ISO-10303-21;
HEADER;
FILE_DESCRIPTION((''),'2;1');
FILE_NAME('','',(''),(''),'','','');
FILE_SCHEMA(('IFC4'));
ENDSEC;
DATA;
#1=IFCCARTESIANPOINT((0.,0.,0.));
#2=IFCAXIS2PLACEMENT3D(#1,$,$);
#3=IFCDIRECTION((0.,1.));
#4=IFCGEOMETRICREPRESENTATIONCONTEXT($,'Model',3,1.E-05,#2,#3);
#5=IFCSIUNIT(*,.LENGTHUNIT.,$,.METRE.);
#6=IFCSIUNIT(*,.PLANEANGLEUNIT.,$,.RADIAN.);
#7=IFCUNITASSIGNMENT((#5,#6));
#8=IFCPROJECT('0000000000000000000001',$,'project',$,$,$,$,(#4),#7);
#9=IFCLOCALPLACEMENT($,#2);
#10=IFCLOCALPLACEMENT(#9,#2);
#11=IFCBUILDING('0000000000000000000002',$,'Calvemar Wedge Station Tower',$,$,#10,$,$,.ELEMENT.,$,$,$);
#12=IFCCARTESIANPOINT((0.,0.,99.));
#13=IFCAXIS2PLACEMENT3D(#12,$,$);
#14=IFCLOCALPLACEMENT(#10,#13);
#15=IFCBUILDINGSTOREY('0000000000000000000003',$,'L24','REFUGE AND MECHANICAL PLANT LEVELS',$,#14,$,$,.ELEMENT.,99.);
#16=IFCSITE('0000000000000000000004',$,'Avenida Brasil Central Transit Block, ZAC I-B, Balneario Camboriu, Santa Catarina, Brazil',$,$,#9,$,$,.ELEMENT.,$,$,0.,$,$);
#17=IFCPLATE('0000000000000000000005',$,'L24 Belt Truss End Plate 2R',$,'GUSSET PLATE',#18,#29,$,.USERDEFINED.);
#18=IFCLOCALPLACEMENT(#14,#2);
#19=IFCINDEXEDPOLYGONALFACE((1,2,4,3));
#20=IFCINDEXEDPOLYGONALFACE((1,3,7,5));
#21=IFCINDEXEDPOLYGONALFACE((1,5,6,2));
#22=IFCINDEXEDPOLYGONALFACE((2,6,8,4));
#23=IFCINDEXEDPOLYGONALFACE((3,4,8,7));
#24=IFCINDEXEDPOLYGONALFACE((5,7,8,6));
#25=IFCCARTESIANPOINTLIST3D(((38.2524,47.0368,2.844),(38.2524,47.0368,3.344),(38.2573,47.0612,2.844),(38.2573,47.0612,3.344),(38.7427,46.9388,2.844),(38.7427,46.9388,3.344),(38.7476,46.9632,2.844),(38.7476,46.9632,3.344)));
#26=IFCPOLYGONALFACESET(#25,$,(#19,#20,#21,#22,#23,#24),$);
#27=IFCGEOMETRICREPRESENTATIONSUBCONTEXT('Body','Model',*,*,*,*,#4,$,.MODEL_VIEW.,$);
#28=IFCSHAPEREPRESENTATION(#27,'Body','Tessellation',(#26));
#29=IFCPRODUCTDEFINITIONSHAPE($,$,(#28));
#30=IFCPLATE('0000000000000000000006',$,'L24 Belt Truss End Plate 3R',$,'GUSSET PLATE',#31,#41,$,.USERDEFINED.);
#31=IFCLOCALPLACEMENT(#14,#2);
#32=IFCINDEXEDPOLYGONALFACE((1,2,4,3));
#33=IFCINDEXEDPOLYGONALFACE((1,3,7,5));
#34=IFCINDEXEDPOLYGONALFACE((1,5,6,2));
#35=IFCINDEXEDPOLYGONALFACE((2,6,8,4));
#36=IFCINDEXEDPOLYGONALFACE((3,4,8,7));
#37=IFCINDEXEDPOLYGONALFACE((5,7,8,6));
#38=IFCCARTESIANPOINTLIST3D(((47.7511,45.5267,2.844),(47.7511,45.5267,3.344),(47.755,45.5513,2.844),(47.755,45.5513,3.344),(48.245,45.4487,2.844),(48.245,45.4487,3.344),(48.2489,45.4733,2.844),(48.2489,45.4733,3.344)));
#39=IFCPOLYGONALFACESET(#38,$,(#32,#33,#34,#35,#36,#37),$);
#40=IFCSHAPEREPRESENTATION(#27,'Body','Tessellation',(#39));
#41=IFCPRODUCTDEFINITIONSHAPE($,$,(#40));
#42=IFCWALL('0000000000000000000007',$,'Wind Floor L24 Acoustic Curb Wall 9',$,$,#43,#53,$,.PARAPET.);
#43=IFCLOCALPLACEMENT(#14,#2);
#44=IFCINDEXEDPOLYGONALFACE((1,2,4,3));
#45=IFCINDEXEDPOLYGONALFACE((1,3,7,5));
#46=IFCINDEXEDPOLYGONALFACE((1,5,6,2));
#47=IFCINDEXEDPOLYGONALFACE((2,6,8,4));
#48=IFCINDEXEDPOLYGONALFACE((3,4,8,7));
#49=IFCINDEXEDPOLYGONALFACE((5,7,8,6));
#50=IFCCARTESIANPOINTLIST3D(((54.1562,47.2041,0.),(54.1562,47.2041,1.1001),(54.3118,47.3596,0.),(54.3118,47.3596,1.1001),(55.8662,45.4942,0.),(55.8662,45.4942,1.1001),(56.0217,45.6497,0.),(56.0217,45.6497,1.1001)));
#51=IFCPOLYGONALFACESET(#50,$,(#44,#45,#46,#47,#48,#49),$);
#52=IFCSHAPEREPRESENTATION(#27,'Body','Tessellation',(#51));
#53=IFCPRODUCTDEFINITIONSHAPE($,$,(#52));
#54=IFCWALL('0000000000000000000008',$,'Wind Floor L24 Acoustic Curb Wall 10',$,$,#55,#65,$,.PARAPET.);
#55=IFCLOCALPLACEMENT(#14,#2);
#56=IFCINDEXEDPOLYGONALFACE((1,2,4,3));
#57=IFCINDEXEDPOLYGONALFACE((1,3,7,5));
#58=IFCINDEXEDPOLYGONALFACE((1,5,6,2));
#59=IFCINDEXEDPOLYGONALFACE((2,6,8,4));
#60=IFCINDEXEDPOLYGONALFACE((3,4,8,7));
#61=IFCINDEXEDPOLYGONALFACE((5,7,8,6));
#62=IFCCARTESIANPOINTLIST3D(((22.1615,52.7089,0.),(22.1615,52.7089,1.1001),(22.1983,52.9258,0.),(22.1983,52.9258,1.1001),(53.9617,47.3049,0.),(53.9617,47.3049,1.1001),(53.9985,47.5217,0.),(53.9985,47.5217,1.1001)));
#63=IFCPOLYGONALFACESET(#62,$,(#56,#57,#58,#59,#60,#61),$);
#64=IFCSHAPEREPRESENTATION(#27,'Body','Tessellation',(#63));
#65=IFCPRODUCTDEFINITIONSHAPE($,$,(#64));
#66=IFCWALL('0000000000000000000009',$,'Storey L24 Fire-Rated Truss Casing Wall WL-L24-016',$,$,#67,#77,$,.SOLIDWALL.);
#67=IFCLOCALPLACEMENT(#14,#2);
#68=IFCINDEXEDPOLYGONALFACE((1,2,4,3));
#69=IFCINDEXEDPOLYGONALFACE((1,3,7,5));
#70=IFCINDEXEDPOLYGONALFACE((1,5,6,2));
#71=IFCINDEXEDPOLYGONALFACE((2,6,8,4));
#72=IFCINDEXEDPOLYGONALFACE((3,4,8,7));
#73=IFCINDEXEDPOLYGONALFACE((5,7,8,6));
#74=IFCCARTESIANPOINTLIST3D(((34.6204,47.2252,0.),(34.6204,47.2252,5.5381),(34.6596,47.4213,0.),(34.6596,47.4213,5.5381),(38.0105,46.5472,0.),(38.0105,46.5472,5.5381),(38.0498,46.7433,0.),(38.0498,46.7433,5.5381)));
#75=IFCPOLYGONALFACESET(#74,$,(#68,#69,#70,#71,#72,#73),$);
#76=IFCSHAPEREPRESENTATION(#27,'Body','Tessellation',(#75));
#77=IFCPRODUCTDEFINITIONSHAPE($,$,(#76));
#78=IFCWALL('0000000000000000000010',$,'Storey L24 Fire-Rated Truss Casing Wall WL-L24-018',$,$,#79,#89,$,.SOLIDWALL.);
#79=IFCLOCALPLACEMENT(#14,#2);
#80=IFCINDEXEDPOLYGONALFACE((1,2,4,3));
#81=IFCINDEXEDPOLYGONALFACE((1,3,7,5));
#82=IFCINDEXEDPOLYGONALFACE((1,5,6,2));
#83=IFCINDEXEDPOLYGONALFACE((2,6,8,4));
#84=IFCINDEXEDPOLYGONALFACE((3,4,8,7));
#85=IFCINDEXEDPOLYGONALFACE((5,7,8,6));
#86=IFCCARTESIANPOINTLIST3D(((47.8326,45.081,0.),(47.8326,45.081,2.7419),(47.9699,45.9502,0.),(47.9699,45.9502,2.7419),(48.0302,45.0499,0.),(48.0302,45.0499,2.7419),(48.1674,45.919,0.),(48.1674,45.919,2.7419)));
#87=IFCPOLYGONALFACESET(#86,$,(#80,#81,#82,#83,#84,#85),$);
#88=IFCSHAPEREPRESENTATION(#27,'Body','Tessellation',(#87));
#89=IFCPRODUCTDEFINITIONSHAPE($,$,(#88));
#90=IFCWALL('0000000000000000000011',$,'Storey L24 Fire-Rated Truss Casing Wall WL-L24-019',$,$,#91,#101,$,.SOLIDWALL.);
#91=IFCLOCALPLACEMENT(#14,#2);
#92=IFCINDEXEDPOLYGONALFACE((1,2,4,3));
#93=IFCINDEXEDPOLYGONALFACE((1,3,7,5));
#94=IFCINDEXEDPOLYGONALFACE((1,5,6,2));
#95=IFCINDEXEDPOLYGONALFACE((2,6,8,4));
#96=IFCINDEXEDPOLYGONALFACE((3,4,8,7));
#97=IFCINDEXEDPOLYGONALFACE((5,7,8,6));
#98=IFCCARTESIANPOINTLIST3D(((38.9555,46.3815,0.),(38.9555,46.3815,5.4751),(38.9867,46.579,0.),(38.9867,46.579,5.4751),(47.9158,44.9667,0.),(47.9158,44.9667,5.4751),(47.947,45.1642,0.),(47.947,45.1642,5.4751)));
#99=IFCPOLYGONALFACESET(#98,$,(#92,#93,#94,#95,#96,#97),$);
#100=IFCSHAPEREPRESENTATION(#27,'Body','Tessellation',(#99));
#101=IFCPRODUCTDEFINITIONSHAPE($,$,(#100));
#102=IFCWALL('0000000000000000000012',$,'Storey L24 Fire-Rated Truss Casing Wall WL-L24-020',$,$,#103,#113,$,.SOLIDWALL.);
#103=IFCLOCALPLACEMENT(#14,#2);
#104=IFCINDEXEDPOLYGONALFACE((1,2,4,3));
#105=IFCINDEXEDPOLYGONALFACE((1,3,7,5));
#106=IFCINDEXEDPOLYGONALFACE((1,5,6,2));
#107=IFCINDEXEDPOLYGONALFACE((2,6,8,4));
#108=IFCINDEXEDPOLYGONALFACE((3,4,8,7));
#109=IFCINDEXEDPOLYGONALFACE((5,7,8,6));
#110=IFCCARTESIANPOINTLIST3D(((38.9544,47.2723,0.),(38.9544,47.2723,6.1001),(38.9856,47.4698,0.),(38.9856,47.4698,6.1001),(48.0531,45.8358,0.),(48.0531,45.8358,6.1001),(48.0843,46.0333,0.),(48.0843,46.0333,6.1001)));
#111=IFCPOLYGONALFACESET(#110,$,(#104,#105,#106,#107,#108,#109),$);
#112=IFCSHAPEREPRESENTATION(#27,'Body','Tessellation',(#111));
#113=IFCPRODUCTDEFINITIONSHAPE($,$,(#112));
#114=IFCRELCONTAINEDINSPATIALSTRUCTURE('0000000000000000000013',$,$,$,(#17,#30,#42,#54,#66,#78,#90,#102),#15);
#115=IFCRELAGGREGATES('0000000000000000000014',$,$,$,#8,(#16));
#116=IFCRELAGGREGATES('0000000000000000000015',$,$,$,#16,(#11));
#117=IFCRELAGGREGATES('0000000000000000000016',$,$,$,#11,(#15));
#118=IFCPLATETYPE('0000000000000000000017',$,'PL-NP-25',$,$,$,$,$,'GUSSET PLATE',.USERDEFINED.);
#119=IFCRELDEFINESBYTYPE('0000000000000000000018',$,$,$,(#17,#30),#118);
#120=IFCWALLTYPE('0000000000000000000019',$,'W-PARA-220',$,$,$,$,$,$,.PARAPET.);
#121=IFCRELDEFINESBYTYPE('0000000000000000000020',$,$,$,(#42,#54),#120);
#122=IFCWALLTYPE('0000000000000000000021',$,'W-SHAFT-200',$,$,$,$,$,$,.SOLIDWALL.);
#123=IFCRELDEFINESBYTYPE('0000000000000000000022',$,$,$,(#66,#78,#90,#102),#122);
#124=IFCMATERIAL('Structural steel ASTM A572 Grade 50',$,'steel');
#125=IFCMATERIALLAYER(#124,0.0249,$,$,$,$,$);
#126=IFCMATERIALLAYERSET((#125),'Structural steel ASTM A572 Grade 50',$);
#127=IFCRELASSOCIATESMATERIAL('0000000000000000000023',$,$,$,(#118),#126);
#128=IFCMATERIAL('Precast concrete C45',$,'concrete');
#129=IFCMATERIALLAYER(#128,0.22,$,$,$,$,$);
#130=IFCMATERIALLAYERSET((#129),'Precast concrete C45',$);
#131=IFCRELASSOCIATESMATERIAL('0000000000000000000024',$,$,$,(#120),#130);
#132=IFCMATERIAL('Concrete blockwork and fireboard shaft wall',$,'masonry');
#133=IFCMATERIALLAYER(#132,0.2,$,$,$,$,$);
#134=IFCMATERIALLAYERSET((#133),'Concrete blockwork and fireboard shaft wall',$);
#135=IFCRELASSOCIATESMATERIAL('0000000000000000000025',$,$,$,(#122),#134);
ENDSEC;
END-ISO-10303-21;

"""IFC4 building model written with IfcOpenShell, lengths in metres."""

from ifc_helpers import new_model, si_unit, direction, frame, frame_2d, origin, origin_2d, place, context, subcontext, project, spatial, rectangle, extrude, source, transform, mapped, material, layer, layer_set, type_object, element, save


model = new_model("IFC4")

# Units and contexts
model_context = context("Model", 3, precision=1e-05, world=origin(), true_north=direction((0.0, 1.0)))
body_context = subcontext(model_context, "Body", "Model", "MODEL_VIEW")
ifc_project = project(units=[si_unit("LENGTHUNIT", "METRE"), si_unit("PLANEANGLEUNIT", "RADIAN")], contexts=[model_context])

# Site, building, storey
site_placement = place(None, origin())
site = spatial("IfcSite", under=ifc_project, at=site_placement, Name="Avenida Brasil Central Transit Block, ZAC I-B, Balneario Camboriu, Santa Catarina, Brazil", CompositionType="ELEMENT", RefElevation=0.0)
building_placement = place(site_placement, origin())
building = spatial("IfcBuilding", under=site, at=building_placement, Name="Calvemar Wedge Station Tower", CompositionType="ELEMENT")
storey_placement = place(building_placement, frame((0.0, 0.0, 99.0)))
storey = spatial("IfcBuildingStorey", under=building, at=storey_placement, Name="L24", Description="REFUGE AND MECHANICAL PLANT LEVELS", CompositionType="ELEMENT", Elevation=99.0)

# Shared definitions
ifc_material_1 = material(Name="Structural steel ASTM A572 Grade 50", Category="steel")

# Plates
ifc_layer_1 = layer(ifc_material_1, 0.0249)
ifc_layer_set_1 = layer_set([ifc_layer_1], Name="Structural steel ASTM A572 Grade 50")
plate_type_1 = type_object("IfcPlateType", Name="PL-NP-25", ElementType="GUSSET PLATE", PredefinedType="USERDEFINED", material=ifc_layer_set_1)
shared_shape_1 = source(origin(), body_context, "Body", "SweptSolid", [
    extrude(rectangle(XDim=0.5, YDim=0.0249, at=origin_2d()), origin(), (0.0, 0.0, 1.0), 0.5),
])
for number, where, z_axis, x_axis, name in (
    (1, (38.5, 47.0, 2.844), (0.0, 0.0, 1.0), (0.98058, -0.196117, 0.0), "L24 Belt Truss End Plate 2R"),
    (2, (48.0, 45.5, 2.844), (0.0, 0.0, 1.0), (0.98777, -0.155917, 0.0), "L24 Belt Truss End Plate 3R"),
):
    element("IfcPlate", number, at=place(storey_placement, frame(where, z_axis=z_axis, x_axis=x_axis)), inside=storey, type_object=plate_type_1, Name=name, ObjectType="GUSSET PLATE", PredefinedType="USERDEFINED", context=body_context, shape_type="MappedRepresentation", body=[
        mapped(shared_shape_1, transform((0.0, 0.0, 0.0), scale=1.0)),
    ])

# Walls
ifc_material_2 = material(Name="Precast concrete C45", Category="concrete")
ifc_layer_2 = layer(ifc_material_2, 0.22)
ifc_layer_set_2 = layer_set([ifc_layer_2], Name="Precast concrete C45")
wall_type_1 = type_object("IfcWallType", Name="W-PARA-220", PredefinedType="PARAPET", material=ifc_layer_set_2)
wall_1_placement = place(storey_placement, frame((55.9438, 45.572, 0.0), z_axis=(0.0, 0.0, 1.0), x_axis=(-0.707107, 0.707107, 0.0)))
element("IfcWall", 3, at=wall_1_placement, inside=storey, type_object=wall_type_1, Name="Wind Floor L24 Acoustic Curb Wall 9", PredefinedType="PARAPET", context=body_context, shape_type="SweptSolid", body=[
    extrude(rectangle(XDim=2.4182, YDim=0.22, at=frame_2d((1.209, 0.0))), origin(), (0.0, 0.0, 1.0), 1.1001),
])
wall_2_placement = place(storey_placement, frame((53.98, 47.4133, 0.0), z_axis=(0.0, 0.0, 1.0), x_axis=(-0.985866, 0.167535, 0.0)))
element("IfcWall", 4, at=wall_2_placement, inside=storey, type_object=wall_type_1, Name="Wind Floor L24 Acoustic Curb Wall 10", PredefinedType="PARAPET", context=body_context, shape_type="SweptSolid", body=[
    extrude(rectangle(XDim=32.2561, YDim=0.22, at=frame_2d((16.1279, 0.0))), origin(), (0.0, 0.0, 1.0), 1.1001),
])
ifc_material_3 = material(Name="Concrete blockwork and fireboard shaft wall", Category="masonry")
ifc_layer_3 = layer(ifc_material_3, 0.2)
ifc_layer_set_3 = layer_set([ifc_layer_3], Name="Concrete blockwork and fireboard shaft wall")
wall_type_2 = type_object("IfcWallType", Name="W-SHAFT-200", PredefinedType="SOLIDWALL", material=ifc_layer_set_3)
wall_3_placement = place(storey_placement, frame((38.03, 46.6453, 0.0), z_axis=(0.0, 0.0, 1.0), x_axis=(-0.980583, 0.196103, 0.0)))
element("IfcWall", 5, at=wall_3_placement, inside=storey, type_object=wall_type_2, Name="Storey L24 Fire-Rated Truss Casing Wall WL-L24-016", PredefinedType="SOLIDWALL", context=body_context, shape_type="SweptSolid", body=[
    extrude(rectangle(XDim=3.4573, YDim=0.2, at=frame_2d((1.7285, 0.0))), origin(), (0.0, 0.0, 1.0), 5.5381),
])
wall_4_placement = place(storey_placement, frame((48.0686, 45.9346, 0.0), z_axis=(0.0, 0.0, 1.0), x_axis=(-0.155934, -0.987767, 0.0)))
element("IfcWall", 6, at=wall_4_placement, inside=storey, type_object=wall_type_2, Name="Storey L24 Fire-Rated Truss Casing Wall WL-L24-018", PredefinedType="SOLIDWALL", context=body_context, shape_type="SweptSolid", body=[
    extrude(rectangle(XDim=0.8799, YDim=0.2, at=frame_2d((0.4399, 0.0))), origin(), (0.0, 0.0, 1.0), 2.7419),
])
wall_5_placement = place(storey_placement, frame((47.9314, 45.0654, 0.0), z_axis=(0.0, 0.0, 1.0), x_axis=(-0.987763, 0.155965, 0.0)))
element("IfcWall", 7, at=wall_5_placement, inside=storey, type_object=wall_type_2, Name="Storey L24 Fire-Rated Truss Casing Wall WL-L24-019", PredefinedType="SOLIDWALL", context=body_context, shape_type="SweptSolid", body=[
    extrude(rectangle(XDim=9.0713, YDim=0.2, at=frame_2d((4.5356, 0.0))), origin(), (0.0, 0.0, 1.0), 5.4751),
])
wall_6_placement = place(storey_placement, frame((38.97, 47.3711, 0.0), z_axis=(0.0, 0.0, 1.0), x_axis=(0.987765, -0.155952, 0.0)))
element("IfcWall", 8, at=wall_6_placement, inside=storey, type_object=wall_type_2, Name="Storey L24 Fire-Rated Truss Casing Wall WL-L24-020", PredefinedType="SOLIDWALL", context=body_context, shape_type="SweptSolid", body=[
    extrude(rectangle(XDim=9.2114, YDim=0.2, at=frame_2d((4.6057, 0.0))), origin(), (0.0, 0.0, 1.0), 6.1001),
])

save(model, "model.ifc")
